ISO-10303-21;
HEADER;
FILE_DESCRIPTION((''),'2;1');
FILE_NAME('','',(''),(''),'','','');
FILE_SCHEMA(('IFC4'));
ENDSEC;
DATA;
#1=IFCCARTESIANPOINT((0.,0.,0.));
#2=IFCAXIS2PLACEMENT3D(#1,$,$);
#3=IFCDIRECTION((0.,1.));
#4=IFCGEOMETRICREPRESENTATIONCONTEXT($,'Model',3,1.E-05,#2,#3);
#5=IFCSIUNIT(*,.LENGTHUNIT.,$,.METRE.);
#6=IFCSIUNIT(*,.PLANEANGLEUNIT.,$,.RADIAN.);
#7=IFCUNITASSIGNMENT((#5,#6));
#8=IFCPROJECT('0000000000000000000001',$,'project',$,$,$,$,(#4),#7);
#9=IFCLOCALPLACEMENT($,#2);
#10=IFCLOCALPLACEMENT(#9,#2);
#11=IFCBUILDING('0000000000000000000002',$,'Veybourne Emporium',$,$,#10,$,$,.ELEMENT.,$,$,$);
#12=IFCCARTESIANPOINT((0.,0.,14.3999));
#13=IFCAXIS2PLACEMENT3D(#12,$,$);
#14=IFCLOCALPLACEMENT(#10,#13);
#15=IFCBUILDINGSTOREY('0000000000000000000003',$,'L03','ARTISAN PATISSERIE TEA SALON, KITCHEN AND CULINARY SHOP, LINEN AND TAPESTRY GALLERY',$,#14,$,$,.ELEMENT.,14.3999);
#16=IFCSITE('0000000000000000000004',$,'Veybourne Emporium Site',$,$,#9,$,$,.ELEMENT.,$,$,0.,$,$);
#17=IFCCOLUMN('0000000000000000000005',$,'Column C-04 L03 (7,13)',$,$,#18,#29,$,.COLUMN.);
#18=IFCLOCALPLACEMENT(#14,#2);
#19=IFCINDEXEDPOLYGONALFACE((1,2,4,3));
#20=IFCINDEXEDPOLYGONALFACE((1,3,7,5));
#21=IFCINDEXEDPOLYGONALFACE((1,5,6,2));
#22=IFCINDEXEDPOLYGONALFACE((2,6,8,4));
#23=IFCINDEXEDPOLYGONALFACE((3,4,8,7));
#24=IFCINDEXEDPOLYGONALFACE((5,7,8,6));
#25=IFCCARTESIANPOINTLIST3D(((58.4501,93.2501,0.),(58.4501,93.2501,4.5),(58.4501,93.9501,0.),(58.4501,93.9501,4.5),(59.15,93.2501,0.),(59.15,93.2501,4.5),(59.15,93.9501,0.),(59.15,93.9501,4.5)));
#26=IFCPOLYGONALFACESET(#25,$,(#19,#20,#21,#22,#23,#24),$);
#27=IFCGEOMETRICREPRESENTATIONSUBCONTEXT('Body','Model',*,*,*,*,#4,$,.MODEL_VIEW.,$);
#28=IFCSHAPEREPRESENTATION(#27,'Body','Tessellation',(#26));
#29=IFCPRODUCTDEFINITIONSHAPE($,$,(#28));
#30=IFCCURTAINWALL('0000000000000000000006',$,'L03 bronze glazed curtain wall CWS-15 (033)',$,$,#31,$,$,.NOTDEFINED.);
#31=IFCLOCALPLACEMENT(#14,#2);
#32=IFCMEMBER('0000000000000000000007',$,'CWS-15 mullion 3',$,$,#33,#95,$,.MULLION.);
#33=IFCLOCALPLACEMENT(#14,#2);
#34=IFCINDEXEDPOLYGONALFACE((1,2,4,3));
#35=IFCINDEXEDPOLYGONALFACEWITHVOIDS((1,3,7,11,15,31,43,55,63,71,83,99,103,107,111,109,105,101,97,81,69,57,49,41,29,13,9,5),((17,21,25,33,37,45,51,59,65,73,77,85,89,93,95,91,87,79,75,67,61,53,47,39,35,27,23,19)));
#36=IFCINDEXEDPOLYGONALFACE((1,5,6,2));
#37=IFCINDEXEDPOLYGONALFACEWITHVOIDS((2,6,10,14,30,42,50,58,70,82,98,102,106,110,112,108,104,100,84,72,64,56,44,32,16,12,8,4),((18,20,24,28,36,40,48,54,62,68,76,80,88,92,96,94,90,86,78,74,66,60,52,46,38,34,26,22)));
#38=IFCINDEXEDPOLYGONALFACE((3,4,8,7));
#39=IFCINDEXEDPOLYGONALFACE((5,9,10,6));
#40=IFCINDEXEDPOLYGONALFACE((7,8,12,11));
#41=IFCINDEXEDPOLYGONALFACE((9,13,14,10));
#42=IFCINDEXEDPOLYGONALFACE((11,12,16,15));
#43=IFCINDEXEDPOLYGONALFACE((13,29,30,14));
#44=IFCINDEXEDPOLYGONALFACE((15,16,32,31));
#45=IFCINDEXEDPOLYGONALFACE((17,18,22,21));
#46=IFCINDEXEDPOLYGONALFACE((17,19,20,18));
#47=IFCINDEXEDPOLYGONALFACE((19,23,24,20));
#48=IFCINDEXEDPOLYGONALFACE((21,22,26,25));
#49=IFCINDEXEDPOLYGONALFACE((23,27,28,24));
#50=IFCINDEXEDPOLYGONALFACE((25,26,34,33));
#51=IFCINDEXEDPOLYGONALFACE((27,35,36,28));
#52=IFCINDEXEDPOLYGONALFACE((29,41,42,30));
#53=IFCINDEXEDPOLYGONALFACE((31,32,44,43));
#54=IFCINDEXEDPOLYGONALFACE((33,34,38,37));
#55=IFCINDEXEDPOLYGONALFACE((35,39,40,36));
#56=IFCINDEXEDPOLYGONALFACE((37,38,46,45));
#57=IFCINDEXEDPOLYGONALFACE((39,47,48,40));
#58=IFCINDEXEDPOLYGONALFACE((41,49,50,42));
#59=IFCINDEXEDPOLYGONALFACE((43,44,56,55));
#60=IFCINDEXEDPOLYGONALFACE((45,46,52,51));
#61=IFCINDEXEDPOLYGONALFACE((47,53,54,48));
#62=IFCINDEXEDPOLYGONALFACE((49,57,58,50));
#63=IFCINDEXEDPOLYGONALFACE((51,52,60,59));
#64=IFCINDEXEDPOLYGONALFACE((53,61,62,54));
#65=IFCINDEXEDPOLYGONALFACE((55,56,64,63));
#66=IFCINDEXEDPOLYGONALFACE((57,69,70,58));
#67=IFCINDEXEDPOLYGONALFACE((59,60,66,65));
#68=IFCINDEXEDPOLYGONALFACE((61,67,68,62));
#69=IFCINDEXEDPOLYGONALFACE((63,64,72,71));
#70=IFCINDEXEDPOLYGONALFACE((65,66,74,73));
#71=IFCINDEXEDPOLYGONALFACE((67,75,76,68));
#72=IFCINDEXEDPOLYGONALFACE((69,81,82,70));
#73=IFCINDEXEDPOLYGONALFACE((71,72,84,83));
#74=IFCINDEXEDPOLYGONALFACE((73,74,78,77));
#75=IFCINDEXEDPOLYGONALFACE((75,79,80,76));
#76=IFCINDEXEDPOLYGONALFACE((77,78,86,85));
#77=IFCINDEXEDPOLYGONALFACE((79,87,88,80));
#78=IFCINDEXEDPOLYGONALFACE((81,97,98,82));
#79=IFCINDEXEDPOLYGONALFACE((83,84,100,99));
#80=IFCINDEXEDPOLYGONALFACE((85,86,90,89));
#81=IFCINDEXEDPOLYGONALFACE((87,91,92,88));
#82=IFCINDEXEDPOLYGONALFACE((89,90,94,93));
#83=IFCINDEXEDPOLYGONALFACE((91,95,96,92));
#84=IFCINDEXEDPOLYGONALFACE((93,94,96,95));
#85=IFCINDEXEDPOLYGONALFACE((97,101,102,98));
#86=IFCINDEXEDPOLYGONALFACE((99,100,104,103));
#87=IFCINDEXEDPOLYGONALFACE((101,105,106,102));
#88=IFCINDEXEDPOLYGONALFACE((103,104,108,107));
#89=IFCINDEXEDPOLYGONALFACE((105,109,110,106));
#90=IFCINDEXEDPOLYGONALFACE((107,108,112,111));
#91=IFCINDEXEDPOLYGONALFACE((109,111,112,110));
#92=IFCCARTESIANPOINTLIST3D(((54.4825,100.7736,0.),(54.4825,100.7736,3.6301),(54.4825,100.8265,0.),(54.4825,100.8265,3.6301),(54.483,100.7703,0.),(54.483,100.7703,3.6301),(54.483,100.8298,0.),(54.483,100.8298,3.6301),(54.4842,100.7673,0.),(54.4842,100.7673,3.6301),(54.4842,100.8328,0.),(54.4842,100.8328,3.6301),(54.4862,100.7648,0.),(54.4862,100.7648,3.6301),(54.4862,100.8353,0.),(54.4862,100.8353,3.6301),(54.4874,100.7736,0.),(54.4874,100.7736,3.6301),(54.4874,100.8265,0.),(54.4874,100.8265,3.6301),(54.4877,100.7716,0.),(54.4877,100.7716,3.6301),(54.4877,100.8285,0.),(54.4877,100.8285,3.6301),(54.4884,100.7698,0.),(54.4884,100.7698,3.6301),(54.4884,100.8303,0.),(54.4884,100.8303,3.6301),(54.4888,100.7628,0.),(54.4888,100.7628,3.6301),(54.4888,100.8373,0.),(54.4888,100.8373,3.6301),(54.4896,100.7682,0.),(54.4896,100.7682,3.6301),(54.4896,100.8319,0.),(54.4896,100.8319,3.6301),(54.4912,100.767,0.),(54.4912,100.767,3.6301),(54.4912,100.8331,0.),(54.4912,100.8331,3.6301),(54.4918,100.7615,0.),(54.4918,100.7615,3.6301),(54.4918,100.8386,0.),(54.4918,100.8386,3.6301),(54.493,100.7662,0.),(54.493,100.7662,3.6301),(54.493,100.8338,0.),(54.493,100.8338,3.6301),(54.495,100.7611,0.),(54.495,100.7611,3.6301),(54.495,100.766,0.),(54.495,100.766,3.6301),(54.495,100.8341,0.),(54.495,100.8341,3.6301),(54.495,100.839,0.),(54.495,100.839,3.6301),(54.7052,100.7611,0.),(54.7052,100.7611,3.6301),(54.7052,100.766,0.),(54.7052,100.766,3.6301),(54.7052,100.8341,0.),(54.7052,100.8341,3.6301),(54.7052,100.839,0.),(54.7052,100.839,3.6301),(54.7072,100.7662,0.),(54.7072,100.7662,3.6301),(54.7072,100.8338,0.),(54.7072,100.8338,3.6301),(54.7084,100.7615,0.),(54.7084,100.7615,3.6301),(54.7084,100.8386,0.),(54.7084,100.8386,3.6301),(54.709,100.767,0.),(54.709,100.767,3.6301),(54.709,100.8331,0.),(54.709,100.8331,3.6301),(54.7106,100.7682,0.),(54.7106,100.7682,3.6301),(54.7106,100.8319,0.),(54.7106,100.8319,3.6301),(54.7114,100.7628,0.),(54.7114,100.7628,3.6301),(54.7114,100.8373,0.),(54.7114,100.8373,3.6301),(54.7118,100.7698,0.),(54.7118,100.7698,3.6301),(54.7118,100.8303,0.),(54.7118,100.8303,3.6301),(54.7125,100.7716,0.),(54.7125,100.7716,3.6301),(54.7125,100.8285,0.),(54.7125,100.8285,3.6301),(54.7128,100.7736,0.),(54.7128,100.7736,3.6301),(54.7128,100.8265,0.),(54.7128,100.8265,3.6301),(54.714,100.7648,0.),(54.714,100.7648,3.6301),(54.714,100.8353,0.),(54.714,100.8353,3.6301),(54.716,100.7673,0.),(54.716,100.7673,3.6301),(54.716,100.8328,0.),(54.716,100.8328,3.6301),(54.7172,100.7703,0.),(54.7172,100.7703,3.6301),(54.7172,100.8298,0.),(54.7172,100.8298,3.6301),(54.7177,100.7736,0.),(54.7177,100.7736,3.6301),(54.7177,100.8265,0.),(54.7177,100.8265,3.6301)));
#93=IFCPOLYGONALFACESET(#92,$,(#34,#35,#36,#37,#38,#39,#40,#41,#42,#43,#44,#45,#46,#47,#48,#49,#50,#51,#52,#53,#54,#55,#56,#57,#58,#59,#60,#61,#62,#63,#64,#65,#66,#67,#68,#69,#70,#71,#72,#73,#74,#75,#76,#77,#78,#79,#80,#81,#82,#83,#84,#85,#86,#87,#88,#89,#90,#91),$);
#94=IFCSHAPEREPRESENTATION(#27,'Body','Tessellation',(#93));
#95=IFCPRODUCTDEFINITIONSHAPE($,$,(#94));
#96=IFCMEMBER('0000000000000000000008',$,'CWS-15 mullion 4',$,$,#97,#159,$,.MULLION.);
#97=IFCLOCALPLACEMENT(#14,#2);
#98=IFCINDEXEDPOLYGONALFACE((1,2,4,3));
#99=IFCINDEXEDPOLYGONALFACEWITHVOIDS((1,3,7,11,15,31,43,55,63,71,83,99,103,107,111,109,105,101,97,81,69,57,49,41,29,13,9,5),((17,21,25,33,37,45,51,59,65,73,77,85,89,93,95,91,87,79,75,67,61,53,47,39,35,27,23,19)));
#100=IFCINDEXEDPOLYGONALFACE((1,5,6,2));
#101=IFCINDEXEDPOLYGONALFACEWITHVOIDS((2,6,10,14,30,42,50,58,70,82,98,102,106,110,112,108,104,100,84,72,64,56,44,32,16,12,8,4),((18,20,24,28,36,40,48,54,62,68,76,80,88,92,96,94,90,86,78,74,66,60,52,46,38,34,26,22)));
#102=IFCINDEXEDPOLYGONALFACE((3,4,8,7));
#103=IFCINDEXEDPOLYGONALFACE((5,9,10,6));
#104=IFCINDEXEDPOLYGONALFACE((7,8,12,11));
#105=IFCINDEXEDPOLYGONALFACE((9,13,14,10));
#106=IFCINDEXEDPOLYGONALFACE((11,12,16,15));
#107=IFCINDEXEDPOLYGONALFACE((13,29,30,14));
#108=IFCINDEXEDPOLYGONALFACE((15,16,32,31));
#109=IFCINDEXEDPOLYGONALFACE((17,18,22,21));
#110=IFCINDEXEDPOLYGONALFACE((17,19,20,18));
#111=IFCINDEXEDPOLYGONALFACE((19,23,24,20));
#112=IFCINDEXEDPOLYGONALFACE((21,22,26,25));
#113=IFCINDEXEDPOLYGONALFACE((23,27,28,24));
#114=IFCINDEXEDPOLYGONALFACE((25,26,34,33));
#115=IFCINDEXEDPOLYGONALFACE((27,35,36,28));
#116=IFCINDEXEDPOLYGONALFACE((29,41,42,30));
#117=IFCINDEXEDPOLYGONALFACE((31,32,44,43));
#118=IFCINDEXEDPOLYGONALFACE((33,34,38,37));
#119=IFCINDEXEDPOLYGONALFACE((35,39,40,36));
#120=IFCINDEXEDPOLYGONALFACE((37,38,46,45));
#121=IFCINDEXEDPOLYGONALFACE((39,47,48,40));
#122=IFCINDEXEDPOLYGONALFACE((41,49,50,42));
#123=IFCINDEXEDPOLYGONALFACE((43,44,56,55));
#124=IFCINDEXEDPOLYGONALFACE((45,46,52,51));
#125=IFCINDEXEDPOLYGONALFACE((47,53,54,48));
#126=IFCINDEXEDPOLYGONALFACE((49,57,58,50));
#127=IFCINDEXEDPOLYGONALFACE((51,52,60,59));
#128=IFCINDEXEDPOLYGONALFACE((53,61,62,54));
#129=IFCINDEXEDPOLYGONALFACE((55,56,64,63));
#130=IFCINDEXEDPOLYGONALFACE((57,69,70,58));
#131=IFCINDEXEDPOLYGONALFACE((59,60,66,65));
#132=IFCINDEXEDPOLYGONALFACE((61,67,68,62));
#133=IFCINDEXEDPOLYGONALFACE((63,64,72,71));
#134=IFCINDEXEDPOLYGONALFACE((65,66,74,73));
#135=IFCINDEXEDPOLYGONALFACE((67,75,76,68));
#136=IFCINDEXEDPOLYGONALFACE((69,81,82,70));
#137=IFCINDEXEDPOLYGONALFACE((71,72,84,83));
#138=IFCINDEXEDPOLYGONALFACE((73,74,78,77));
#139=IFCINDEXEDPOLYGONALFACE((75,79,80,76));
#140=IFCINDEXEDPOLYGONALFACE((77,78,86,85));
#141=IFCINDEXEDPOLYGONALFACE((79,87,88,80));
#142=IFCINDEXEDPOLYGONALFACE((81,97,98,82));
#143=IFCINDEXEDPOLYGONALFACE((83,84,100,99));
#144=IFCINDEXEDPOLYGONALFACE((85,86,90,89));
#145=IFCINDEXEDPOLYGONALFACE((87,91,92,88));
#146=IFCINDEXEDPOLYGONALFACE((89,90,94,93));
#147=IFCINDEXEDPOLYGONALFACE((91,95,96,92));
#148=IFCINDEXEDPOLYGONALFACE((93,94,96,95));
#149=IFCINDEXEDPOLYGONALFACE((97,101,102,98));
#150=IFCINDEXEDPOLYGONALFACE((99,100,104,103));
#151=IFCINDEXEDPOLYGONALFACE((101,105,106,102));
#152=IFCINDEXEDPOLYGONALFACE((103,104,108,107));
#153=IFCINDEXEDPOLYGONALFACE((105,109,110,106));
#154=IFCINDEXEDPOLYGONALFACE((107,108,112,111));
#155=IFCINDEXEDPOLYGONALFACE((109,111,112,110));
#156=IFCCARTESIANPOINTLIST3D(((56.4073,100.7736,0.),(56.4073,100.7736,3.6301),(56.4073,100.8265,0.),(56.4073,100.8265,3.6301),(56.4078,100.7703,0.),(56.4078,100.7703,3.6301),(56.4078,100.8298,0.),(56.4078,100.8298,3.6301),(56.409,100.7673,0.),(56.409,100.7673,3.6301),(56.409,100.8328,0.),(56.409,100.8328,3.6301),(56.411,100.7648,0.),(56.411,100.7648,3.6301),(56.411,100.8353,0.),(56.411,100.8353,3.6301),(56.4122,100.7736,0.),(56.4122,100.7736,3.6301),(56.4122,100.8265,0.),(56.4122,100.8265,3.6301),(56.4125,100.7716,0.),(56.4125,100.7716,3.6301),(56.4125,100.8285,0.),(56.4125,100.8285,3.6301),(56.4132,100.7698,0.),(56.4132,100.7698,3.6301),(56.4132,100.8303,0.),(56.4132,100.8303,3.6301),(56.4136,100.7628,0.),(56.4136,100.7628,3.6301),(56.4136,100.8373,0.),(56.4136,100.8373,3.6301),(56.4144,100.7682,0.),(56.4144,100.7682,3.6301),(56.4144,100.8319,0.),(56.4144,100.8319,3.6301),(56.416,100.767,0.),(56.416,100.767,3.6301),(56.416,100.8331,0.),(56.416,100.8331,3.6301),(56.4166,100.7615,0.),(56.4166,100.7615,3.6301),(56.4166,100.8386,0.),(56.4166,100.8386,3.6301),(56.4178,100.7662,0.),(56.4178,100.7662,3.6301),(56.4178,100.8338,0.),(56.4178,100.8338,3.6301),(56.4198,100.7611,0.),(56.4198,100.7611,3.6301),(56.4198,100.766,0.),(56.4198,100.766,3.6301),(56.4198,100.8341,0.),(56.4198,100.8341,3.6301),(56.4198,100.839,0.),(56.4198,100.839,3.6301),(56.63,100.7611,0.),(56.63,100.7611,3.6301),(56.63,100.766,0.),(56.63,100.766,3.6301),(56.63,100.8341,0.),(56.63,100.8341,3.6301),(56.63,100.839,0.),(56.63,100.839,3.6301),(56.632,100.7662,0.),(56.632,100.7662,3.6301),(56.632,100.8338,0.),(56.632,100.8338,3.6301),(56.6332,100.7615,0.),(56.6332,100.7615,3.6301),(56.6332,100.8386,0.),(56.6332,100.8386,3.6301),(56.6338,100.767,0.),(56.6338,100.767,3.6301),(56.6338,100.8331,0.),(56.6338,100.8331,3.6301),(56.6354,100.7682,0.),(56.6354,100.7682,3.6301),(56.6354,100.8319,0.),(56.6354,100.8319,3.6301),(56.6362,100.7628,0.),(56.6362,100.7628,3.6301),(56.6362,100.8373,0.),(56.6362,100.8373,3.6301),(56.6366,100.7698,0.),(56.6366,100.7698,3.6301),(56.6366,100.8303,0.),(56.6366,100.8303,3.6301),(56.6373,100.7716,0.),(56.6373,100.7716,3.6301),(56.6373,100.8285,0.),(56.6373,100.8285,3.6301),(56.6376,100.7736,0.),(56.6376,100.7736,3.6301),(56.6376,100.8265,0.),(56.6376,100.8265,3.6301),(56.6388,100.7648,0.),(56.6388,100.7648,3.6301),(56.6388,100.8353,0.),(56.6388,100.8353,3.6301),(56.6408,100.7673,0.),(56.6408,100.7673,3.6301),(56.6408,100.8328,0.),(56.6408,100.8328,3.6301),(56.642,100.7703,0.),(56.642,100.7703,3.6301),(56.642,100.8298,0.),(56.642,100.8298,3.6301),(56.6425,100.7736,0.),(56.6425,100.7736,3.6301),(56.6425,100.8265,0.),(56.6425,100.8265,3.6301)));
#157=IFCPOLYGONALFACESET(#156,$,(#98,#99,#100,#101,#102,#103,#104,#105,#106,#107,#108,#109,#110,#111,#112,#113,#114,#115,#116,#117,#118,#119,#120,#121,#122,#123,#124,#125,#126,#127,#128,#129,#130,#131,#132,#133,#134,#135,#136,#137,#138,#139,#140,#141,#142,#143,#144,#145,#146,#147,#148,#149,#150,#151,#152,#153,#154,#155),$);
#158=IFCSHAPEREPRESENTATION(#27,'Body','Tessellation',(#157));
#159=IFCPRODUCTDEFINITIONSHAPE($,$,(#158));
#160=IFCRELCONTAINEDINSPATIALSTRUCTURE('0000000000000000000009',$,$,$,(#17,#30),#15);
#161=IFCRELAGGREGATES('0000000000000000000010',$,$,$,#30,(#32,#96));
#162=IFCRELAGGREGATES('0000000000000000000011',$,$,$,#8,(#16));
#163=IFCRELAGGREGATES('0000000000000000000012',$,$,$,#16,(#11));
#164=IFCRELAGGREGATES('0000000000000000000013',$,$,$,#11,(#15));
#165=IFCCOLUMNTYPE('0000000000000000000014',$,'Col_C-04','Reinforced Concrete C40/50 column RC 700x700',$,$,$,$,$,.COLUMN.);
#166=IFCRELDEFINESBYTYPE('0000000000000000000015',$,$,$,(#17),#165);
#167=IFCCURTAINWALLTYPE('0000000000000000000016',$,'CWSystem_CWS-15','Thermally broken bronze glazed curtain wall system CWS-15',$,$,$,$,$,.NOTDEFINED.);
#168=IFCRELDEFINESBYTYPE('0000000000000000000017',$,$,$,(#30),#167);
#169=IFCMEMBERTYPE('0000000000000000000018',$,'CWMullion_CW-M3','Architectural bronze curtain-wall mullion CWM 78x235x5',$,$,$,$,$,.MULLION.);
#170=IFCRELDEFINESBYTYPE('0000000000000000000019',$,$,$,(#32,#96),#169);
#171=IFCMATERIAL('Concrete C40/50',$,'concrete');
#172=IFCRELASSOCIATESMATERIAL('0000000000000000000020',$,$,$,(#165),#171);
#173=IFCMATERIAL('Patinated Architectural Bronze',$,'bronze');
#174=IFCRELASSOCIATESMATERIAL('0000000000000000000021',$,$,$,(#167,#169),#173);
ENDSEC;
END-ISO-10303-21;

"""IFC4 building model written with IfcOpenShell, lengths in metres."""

from ifc_helpers import new_model, si_unit, direction, frame, origin, origin_2d, place, context, subcontext, project, spatial, rectangle, hollow_rectangle, extrude, material, material_profile, profile_set, type_object, element, aggregate, save


model = new_model("IFC4")

# Units and contexts
model_context = context("Model", 3, precision=1e-05, world=origin(), true_north=direction((0.0, 1.0)))
body_context = subcontext(model_context, "Body", "Model", "MODEL_VIEW")
ifc_project = project(units=[si_unit("LENGTHUNIT", "METRE"), si_unit("PLANEANGLEUNIT", "RADIAN")], contexts=[model_context])

# Site, building, storey
site_placement = place(None, origin())
site = spatial("IfcSite", under=ifc_project, at=site_placement, Name="Veybourne Emporium Site", CompositionType="ELEMENT", RefElevation=0.0)
building_placement = place(site_placement, origin())
building = spatial("IfcBuilding", under=site, at=building_placement, Name="Veybourne Emporium", CompositionType="ELEMENT")
storey_placement = place(building_placement, frame((0.0, 0.0, 14.3999)))
storey = spatial("IfcBuildingStorey", under=building, at=storey_placement, Name="L03", Description="ARTISAN PATISSERIE TEA SALON, KITCHEN AND CULINARY SHOP, LINEN AND TAPESTRY GALLERY", CompositionType="ELEMENT", Elevation=14.3999)

# Column
ifc_material_1 = material(Name="Concrete C40/50", Category="concrete")
ifc_material_profile_1 = material_profile(ifc_material_1, rectangle(XDim=0.7, YDim=0.7, at=origin_2d()), Name="RC 700x700")
ifc_profile_set_1 = profile_set([ifc_material_profile_1], Name="Concrete C40/50")
column_type = type_object("IfcColumnType", Name="Col_C-04", Description="Reinforced Concrete C40/50 column RC 700x700", PredefinedType="COLUMN", material=ifc_profile_set_1)
column_placement = place(storey_placement, frame((58.8, 93.6001, 0.0), z_axis=(0.0, 0.0, 1.0), x_axis=(1.0, 0.0, 0.0)))
element("IfcColumn", 1, at=column_placement, inside=storey, type_object=column_type, Name="Column C-04 L03 (7,13)", PredefinedType="COLUMN", context=body_context, shape_type="SweptSolid", body=[
    extrude(rectangle(XDim=0.7, YDim=0.7, at=origin_2d()), origin(), (0.0, 0.0, 1.0), 4.5),
])

# Curtain wall, members
ifc_material_2 = material(Name="Patinated Architectural Bronze", Category="bronze")
curtain_wall_type = type_object("IfcCurtainWallType", Name="CWSystem_CWS-15", Description="Thermally broken bronze glazed curtain wall system CWS-15", PredefinedType="NOTDEFINED", material=ifc_material_2)
curtain_wall_placement = place(storey_placement, origin())
curtain_wall = element("IfcCurtainWall", 2, at=curtain_wall_placement, inside=storey, type_object=curtain_wall_type, Name="L03 bronze glazed curtain wall CWS-15 (033)", PredefinedType="NOTDEFINED")
ifc_material_profile_2 = material_profile(ifc_material_2, hollow_rectangle(XDim=0.0779, YDim=0.2351, WallThickness=0.0049, InnerFilletRadius=0.0076, OuterFilletRadius=0.0125, at=origin_2d()), Name="CWM 78x235x5")
ifc_profile_set_2 = profile_set([ifc_material_profile_2], Name="Patinated Architectural Bronze")
member_type_1 = type_object("IfcMemberType", Name="CWMullion_CW-M3", Description="Architectural bronze curtain-wall mullion CWM 78x235x5", PredefinedType="MULLION", material=ifc_profile_set_2)
member_1_placement = place(storey_placement, frame((54.6001, 100.8, 0.0), z_axis=(0.0, 0.0, 1.0), x_axis=(0.0, 1.0, 0.0)))
member_1 = element("IfcMember", 3, at=member_1_placement, type_object=member_type_1, Name="CWS-15 mullion 3", PredefinedType="MULLION", context=body_context, shape_type="SweptSolid", body=[
    extrude(hollow_rectangle(XDim=0.0779, YDim=0.2351, WallThickness=0.0049, InnerFilletRadius=0.0076, OuterFilletRadius=0.0125, at=origin_2d()), origin(), (0.0, 0.0, 1.0), 3.6301),
])
member_2_placement = place(storey_placement, frame((56.5249, 100.8, 0.0), z_axis=(0.0, 0.0, 1.0), x_axis=(0.0, 1.0, 0.0)))
member_2 = element("IfcMember", 4, at=member_2_placement, type_object=member_type_1, Name="CWS-15 mullion 4", PredefinedType="MULLION", context=body_context, shape_type="SweptSolid", body=[
    extrude(hollow_rectangle(XDim=0.0779, YDim=0.2351, WallThickness=0.0049, InnerFilletRadius=0.0076, OuterFilletRadius=0.0125, at=origin_2d()), origin(), (0.0, 0.0, 1.0), 3.6301),
])

aggregate(curtain_wall, [member_1, member_2])

save(model, "model.ifc")
